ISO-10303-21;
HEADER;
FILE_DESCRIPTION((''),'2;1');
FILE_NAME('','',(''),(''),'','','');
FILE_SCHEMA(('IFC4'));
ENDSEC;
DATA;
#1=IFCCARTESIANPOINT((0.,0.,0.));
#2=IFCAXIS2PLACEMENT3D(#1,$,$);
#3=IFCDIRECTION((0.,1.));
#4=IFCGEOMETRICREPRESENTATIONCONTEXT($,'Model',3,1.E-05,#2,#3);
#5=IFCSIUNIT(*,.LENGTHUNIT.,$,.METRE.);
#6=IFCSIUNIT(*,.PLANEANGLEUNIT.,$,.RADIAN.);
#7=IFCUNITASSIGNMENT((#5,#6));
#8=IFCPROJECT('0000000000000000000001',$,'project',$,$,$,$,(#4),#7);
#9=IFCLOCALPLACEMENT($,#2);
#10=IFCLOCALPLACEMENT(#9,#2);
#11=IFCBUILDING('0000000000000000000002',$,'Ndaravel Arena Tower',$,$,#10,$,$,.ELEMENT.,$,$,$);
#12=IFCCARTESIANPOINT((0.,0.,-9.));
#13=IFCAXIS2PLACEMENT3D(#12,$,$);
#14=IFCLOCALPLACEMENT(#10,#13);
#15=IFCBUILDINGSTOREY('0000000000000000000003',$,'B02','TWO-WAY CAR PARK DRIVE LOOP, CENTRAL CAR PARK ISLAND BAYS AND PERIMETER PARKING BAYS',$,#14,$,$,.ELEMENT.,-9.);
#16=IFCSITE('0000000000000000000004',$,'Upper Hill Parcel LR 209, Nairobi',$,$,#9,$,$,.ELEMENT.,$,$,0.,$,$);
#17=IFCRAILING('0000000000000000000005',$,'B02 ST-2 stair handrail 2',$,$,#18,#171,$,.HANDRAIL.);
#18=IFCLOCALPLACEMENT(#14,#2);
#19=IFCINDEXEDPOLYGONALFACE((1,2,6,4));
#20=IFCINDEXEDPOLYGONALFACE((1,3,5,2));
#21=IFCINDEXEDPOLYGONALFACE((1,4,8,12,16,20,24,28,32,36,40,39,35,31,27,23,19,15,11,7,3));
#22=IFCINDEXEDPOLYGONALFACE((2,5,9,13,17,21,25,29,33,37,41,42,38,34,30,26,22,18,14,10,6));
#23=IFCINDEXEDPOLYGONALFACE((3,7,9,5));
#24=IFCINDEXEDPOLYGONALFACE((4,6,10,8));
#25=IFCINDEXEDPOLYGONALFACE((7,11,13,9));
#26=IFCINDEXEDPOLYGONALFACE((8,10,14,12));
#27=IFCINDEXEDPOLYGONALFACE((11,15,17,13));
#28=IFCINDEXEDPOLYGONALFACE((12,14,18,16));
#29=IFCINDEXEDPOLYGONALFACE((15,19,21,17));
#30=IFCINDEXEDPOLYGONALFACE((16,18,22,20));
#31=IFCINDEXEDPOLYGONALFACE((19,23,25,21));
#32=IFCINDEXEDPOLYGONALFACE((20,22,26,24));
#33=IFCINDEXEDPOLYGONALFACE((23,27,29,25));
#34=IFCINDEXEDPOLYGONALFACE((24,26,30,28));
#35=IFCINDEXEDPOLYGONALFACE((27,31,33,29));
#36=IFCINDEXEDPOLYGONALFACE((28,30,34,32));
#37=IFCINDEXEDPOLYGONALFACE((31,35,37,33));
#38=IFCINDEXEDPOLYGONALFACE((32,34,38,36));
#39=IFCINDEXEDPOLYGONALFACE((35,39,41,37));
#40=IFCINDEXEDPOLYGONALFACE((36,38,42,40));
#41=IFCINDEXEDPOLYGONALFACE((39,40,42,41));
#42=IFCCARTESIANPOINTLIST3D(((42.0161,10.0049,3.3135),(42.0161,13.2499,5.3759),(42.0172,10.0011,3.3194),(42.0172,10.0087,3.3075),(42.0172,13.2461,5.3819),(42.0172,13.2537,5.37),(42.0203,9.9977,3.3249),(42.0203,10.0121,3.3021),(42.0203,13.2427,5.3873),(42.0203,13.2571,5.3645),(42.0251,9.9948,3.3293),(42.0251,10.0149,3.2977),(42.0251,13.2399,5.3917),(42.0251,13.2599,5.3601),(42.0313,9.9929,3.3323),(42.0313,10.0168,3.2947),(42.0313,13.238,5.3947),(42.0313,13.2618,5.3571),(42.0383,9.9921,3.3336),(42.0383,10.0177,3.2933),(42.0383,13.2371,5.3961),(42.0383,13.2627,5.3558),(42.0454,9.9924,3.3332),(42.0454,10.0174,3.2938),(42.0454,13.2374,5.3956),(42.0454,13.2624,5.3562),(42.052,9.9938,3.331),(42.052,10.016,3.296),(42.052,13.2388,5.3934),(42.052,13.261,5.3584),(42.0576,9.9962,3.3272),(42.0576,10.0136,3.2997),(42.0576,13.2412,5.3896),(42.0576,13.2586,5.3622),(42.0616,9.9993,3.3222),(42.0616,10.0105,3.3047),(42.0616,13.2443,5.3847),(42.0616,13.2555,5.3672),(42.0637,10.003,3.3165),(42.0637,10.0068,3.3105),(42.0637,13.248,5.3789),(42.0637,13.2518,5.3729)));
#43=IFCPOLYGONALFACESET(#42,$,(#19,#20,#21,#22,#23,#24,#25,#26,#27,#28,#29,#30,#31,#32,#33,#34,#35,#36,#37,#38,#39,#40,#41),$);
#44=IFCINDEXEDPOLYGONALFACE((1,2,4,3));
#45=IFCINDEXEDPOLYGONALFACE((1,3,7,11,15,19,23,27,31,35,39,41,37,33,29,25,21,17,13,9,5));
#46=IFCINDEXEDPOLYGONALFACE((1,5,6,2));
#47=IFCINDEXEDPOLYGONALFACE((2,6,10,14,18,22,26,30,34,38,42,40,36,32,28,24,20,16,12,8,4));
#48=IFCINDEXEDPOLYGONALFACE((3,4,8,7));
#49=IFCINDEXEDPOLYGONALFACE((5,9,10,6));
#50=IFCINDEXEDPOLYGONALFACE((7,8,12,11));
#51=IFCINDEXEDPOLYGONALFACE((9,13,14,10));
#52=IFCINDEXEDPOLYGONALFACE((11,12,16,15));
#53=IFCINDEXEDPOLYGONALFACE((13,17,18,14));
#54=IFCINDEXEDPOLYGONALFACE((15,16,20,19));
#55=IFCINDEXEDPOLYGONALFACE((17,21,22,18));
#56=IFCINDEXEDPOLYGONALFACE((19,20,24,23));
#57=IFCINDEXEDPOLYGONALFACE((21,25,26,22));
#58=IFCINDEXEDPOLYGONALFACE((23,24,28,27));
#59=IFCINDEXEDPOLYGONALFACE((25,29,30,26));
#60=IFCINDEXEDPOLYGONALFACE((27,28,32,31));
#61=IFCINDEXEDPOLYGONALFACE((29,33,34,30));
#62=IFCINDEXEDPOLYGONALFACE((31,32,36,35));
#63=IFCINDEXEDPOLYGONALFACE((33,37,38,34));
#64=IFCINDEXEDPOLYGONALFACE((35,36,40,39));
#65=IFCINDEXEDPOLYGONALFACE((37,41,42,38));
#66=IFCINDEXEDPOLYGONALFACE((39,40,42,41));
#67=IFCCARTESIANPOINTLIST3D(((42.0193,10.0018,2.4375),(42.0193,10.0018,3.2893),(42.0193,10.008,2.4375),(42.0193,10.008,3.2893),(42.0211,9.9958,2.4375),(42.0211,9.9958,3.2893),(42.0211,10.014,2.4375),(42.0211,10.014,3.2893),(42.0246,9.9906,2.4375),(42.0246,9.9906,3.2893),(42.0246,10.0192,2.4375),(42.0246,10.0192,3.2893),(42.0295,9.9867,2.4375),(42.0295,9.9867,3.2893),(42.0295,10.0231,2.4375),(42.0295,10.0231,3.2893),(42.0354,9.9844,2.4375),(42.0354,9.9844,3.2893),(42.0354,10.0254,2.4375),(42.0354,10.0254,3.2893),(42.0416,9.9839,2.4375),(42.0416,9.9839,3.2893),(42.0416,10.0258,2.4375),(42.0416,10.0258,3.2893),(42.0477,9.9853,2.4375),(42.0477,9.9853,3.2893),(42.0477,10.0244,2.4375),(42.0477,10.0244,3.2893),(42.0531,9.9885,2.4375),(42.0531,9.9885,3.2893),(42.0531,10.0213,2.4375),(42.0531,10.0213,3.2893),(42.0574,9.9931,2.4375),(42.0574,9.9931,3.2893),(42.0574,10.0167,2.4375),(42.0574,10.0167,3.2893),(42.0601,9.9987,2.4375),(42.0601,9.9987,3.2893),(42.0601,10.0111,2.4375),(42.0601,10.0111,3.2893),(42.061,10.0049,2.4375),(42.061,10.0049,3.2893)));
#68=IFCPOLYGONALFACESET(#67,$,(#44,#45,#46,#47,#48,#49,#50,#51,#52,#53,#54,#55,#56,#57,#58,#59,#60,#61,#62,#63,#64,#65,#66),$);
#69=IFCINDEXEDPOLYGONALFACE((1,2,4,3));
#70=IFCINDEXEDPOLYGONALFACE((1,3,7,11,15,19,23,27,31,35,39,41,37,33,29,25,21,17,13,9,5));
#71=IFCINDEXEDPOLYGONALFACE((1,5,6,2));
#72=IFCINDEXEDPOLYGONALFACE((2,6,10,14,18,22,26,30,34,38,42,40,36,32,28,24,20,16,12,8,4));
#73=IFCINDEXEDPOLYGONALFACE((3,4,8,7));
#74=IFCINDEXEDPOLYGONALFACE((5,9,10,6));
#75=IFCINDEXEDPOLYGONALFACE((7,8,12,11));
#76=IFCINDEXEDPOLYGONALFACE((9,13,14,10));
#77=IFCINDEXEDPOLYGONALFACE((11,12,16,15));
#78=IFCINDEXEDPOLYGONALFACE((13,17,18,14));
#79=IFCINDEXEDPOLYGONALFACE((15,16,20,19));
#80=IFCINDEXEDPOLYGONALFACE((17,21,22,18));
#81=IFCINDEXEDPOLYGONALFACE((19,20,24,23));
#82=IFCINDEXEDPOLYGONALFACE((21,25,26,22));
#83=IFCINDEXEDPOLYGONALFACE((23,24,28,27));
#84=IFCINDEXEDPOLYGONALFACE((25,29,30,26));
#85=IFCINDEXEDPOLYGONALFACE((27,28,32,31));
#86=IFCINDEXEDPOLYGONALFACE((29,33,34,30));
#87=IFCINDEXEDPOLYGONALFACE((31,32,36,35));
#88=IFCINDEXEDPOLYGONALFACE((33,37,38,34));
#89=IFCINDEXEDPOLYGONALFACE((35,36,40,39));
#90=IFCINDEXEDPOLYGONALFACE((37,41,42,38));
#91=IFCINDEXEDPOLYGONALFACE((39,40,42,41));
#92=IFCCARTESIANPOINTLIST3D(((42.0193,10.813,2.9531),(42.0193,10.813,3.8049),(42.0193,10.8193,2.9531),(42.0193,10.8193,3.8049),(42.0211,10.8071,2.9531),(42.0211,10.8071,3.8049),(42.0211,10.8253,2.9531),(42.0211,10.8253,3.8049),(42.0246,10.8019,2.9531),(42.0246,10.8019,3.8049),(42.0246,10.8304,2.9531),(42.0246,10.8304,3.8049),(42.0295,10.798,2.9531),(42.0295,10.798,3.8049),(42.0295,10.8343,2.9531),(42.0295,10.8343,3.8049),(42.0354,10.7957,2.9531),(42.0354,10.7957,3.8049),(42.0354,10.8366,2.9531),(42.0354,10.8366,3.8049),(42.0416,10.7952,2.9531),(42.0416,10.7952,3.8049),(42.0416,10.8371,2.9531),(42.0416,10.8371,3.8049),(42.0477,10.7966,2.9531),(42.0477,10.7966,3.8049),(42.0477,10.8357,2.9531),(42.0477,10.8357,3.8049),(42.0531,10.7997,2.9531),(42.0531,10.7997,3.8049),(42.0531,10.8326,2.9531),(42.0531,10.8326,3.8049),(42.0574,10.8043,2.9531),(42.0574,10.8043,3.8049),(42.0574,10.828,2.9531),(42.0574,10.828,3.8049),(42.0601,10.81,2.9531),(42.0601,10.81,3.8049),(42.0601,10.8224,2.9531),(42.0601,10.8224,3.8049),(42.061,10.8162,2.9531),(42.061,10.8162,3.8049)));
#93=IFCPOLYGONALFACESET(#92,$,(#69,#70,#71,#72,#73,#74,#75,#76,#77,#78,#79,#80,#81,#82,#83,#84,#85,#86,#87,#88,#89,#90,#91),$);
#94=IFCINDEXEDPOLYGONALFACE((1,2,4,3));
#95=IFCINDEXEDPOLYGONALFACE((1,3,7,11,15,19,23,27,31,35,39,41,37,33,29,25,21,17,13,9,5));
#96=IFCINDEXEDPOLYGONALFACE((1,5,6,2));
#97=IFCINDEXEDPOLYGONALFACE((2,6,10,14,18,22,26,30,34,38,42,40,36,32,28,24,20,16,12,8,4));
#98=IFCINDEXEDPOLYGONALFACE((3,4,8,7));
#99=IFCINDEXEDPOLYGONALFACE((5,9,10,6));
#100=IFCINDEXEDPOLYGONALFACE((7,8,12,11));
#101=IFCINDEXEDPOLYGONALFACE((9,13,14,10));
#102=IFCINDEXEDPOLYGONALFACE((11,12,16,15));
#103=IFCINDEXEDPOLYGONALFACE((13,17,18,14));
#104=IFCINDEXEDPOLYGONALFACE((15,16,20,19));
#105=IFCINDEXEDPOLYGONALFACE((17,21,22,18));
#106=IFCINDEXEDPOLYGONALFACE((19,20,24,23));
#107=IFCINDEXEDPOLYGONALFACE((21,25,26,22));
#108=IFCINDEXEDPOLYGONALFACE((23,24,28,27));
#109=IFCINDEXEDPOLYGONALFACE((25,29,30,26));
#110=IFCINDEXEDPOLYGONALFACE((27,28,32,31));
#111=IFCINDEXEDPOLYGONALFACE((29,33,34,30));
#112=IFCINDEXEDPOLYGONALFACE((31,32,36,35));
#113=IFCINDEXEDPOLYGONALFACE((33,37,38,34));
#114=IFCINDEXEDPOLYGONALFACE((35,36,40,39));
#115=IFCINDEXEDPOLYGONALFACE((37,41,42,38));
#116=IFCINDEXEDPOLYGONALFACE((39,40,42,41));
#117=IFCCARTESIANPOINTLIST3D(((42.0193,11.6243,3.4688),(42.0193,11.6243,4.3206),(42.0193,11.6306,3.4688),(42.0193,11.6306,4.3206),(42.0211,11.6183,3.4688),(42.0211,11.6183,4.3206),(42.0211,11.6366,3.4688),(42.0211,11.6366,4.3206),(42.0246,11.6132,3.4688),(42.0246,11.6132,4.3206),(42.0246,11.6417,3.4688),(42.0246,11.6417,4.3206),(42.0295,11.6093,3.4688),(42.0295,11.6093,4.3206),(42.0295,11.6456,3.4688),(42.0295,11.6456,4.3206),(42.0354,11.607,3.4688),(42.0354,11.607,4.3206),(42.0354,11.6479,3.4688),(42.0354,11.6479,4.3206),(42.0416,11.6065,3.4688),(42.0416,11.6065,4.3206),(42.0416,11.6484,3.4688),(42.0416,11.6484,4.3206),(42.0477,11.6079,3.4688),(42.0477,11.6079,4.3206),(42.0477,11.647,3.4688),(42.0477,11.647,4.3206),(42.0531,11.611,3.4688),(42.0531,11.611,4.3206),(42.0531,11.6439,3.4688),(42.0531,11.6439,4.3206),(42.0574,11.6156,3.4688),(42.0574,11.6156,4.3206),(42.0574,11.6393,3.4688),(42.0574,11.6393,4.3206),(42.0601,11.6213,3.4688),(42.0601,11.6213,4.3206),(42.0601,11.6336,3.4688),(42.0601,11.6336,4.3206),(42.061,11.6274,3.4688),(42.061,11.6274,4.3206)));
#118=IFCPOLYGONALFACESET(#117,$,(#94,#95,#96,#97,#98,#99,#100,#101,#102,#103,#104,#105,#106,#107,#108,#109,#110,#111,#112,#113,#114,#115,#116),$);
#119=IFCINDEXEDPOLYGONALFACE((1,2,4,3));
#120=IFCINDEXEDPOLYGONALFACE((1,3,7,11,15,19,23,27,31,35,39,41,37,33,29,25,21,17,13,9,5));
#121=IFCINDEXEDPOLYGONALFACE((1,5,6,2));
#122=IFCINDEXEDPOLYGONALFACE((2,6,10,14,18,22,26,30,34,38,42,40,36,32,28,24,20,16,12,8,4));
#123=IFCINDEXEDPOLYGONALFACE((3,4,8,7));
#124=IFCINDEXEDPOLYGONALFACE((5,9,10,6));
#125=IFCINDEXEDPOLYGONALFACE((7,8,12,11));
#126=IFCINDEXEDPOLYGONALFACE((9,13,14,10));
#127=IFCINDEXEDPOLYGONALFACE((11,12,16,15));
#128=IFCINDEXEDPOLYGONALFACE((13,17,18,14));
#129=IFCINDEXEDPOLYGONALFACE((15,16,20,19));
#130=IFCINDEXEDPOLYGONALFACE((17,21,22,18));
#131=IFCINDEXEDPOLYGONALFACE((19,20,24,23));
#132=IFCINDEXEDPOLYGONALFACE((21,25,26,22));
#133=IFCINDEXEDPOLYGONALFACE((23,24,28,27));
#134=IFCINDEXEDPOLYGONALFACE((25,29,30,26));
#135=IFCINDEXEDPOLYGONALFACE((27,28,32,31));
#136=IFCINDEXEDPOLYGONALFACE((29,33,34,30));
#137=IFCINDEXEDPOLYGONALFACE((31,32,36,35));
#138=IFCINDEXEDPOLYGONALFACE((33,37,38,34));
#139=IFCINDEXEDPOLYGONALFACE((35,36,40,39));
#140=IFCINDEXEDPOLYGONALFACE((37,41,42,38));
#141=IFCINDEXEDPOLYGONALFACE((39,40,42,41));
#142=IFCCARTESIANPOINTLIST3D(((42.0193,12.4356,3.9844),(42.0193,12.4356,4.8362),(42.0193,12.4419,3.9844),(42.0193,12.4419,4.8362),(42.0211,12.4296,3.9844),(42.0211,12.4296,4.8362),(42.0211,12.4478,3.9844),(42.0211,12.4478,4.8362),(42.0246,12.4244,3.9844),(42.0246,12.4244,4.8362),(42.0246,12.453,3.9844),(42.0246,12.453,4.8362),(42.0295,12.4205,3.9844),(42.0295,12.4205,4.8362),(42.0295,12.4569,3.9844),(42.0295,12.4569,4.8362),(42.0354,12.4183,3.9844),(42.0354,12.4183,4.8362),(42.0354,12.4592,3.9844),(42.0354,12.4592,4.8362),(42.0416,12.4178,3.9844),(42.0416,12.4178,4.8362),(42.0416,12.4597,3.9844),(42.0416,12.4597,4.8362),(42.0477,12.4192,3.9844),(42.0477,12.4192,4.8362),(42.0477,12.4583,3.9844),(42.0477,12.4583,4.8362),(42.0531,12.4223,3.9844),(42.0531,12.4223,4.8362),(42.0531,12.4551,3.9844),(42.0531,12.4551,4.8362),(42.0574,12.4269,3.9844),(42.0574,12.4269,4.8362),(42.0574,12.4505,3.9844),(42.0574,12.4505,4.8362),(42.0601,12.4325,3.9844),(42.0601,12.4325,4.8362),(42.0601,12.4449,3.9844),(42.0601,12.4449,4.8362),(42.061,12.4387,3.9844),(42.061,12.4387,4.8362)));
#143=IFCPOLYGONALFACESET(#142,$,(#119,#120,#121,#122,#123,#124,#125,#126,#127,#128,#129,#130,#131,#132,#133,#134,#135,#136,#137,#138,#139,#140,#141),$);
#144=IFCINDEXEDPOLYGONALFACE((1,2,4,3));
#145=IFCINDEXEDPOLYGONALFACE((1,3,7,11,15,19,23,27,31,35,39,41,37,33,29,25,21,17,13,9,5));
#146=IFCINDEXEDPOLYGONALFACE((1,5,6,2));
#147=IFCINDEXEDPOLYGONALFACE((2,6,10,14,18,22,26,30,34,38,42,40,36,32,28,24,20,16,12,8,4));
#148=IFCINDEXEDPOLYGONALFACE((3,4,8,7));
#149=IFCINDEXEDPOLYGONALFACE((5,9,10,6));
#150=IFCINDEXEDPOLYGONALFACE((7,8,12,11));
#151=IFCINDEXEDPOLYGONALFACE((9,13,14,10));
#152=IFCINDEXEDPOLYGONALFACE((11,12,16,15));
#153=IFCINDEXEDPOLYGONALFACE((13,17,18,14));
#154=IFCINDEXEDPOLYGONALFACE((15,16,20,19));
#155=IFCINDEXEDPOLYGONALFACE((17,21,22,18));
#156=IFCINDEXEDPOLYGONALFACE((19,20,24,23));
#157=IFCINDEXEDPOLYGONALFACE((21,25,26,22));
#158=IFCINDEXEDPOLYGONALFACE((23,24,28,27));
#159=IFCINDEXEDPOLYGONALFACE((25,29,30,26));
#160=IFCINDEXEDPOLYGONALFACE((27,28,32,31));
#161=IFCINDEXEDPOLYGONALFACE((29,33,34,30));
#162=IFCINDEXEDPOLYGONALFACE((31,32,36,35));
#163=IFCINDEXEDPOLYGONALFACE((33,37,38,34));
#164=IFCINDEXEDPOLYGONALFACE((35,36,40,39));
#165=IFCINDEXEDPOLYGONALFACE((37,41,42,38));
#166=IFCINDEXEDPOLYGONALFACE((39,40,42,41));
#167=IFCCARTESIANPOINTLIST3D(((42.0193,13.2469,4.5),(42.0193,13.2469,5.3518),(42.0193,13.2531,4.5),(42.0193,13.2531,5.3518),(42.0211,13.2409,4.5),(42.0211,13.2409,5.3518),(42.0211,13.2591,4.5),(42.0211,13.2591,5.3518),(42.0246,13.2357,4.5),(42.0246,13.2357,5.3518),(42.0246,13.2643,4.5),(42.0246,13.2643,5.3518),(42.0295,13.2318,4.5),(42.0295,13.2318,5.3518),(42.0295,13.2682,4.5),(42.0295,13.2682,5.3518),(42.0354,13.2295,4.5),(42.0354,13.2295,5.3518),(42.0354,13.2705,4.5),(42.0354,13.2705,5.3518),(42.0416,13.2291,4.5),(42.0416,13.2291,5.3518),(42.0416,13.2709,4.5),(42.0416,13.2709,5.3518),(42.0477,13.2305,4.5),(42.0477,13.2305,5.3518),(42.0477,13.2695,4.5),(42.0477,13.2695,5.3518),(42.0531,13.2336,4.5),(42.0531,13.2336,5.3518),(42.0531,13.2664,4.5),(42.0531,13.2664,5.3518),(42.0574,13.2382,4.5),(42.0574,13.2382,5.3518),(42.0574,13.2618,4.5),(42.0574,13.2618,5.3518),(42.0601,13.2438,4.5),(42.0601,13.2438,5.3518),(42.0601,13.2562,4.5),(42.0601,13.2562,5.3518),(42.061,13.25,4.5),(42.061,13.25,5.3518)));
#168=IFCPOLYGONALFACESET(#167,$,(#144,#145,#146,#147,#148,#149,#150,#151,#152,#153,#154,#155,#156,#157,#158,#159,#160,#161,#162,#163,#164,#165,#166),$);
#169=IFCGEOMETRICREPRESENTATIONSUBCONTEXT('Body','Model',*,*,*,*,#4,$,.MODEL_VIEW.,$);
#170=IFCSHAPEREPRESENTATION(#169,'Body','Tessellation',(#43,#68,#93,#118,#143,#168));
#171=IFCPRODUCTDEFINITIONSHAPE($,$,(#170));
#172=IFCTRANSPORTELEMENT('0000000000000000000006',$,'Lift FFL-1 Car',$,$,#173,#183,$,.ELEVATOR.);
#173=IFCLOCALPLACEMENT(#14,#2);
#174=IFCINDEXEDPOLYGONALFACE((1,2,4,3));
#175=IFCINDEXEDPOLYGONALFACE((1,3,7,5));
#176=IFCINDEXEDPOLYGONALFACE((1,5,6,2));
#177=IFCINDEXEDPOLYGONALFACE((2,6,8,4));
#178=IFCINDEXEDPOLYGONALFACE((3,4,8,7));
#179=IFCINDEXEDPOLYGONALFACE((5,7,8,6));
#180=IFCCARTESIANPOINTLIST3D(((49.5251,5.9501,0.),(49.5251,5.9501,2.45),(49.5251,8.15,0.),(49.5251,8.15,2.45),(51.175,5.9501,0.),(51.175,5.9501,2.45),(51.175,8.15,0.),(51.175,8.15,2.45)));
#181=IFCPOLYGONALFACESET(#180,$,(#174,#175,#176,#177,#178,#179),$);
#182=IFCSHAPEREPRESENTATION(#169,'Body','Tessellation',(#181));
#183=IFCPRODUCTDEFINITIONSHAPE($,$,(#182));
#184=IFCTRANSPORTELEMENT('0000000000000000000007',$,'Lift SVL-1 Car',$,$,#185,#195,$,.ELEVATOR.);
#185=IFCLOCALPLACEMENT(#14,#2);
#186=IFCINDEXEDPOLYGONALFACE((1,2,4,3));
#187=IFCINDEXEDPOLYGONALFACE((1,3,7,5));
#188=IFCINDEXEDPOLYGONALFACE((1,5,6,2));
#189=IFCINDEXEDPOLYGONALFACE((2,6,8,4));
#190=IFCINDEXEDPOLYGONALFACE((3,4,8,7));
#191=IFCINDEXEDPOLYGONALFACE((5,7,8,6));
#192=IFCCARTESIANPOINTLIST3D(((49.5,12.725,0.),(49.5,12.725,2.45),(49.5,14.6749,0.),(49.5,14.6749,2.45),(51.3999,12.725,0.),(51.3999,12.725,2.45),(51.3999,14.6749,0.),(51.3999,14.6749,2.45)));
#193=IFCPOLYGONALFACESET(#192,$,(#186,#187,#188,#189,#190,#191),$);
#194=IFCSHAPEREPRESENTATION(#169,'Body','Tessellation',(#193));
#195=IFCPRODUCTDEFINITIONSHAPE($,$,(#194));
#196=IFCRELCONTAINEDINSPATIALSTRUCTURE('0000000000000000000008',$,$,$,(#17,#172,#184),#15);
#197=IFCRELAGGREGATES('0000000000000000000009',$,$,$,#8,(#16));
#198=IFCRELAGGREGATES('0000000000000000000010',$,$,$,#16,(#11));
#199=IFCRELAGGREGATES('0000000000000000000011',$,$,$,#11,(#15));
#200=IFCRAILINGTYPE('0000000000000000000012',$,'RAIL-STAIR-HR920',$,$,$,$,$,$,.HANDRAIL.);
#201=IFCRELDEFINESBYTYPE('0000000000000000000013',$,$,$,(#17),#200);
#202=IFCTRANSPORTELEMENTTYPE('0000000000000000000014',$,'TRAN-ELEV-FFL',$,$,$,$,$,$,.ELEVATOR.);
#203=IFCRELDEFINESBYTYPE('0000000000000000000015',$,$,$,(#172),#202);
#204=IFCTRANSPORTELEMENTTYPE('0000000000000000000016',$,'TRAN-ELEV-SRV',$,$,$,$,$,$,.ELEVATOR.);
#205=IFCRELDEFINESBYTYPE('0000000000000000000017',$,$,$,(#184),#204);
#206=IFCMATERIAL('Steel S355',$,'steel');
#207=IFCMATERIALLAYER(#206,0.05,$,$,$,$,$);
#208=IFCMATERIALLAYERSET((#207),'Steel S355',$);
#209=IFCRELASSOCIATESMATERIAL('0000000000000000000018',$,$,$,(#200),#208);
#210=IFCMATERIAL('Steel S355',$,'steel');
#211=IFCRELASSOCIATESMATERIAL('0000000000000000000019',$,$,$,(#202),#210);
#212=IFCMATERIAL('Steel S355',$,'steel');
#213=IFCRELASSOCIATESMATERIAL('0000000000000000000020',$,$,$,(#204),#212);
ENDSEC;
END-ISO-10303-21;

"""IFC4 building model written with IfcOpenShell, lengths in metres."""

from ifc_helpers import new_model, si_unit, direction, frame, origin, origin_2d, place, context, subcontext, project, spatial, rectangle, circle, extrude, material, layer, layer_set, type_object, element, save


model = new_model("IFC4")

# Units and contexts
model_context = context("Model", 3, precision=1e-05, world=origin(), true_north=direction((0.0, 1.0)))
body_context = subcontext(model_context, "Body", "Model", "MODEL_VIEW")
ifc_project = project(units=[si_unit("LENGTHUNIT", "METRE"), si_unit("PLANEANGLEUNIT", "RADIAN")], contexts=[model_context])

# Site, building, storey
site_placement = place(None, origin())
site = spatial("IfcSite", under=ifc_project, at=site_placement, Name="Upper Hill Parcel LR 209, Nairobi", CompositionType="ELEMENT", RefElevation=0.0)
building_placement = place(site_placement, origin())
building = spatial("IfcBuilding", under=site, at=building_placement, Name="Ndaravel Arena Tower", CompositionType="ELEMENT")
storey_placement = place(building_placement, frame((0.0, 0.0, -9.0)))
storey = spatial("IfcBuildingStorey", under=building, at=storey_placement, Name="B02", Description="TWO-WAY CAR PARK DRIVE LOOP, CENTRAL CAR PARK ISLAND BAYS AND PERIMETER PARKING BAYS", CompositionType="ELEMENT", Elevation=-9.0)

# Railing
ifc_material_1 = material(Name="Steel S355", Category="steel")
ifc_layer_1 = layer(ifc_material_1, 0.05)
ifc_layer_set_1 = layer_set([ifc_layer_1], Name="Steel S355")
railing_type_1 = type_object("IfcRailingType", Name="RAIL-STAIR-HR920", PredefinedType="HANDRAIL", material=ifc_layer_set_1)
railing_1_placement = place(storey_placement, frame((42.04, 10.0049, 2.4375)))
element("IfcRailing", 1, at=railing_1_placement, inside=storey, type_object=railing_type_1, Name="B02 ST-2 stair handrail 2", PredefinedType="HANDRAIL", context=body_context, shape_type="SweptSolid", body=[
    extrude(circle(Radius=0.0239, at=origin_2d()), frame((0.0, 0.0, 0.876), z_axis=(0.0, 0.843965, 0.536399), x_axis=(-1.0, 0.0, 0.0)), (0.0, 0.0, 1.0), 3.845),
    extrude(circle(Radius=0.021, at=origin_2d()), origin(), (0.0, 0.0, 1.0), 0.8518),
    extrude(circle(Radius=0.021, at=origin_2d()), frame((0.0, 0.8113, 0.5156)), (0.0, 0.0, 1.0), 0.8518),
    extrude(circle(Radius=0.021, at=origin_2d()), frame((0.0, 1.6226, 1.0312)), (0.0, 0.0, 1.0), 0.8518),
    extrude(circle(Radius=0.021, at=origin_2d()), frame((0.0, 2.4338, 1.5469)), (0.0, 0.0, 1.0), 0.8518),
    extrude(circle(Radius=0.021, at=origin_2d()), frame((0.0, 3.2451, 2.0625)), (0.0, 0.0, 1.0), 0.8518),
])

# Transport elements
ifc_material_2 = material(Name="Steel S355", Category="steel")
transport_element_type_1 = type_object("IfcTransportElementType", Name="TRAN-ELEV-FFL", PredefinedType="ELEVATOR", material=ifc_material_2)
transport_element_1_placement = place(storey_placement, frame((50.3501, 7.05, 0.0), z_axis=(0.0, 0.0, 1.0), x_axis=(1.0, 0.0, 0.0)))
element("IfcTransportElement", 2, at=transport_element_1_placement, inside=storey, type_object=transport_element_type_1, Name="Lift FFL-1 Car", PredefinedType="ELEVATOR", context=body_context, shape_type="SweptSolid", body=[
    extrude(rectangle(XDim=1.6499, YDim=2.2, at=origin_2d()), origin(), (0.0, 0.0, 1.0), 2.45),
])
ifc_material_3 = material(Name="Steel S355", Category="steel")
transport_element_type_2 = type_object("IfcTransportElementType", Name="TRAN-ELEV-SRV", PredefinedType="ELEVATOR", material=ifc_material_3)
transport_element_2_placement = place(storey_placement, frame((50.45, 13.7, 0.0), z_axis=(0.0, 0.0, 1.0), x_axis=(1.0, 0.0, 0.0)))
element("IfcTransportElement", 3, at=transport_element_2_placement, inside=storey, type_object=transport_element_type_2, Name="Lift SVL-1 Car", PredefinedType="ELEVATOR", context=body_context, shape_type="SweptSolid", body=[
    extrude(rectangle(XDim=1.8999, YDim=1.95, at=origin_2d()), origin(), (0.0, 0.0, 1.0), 2.45),
])

save(model, "model.ifc")
